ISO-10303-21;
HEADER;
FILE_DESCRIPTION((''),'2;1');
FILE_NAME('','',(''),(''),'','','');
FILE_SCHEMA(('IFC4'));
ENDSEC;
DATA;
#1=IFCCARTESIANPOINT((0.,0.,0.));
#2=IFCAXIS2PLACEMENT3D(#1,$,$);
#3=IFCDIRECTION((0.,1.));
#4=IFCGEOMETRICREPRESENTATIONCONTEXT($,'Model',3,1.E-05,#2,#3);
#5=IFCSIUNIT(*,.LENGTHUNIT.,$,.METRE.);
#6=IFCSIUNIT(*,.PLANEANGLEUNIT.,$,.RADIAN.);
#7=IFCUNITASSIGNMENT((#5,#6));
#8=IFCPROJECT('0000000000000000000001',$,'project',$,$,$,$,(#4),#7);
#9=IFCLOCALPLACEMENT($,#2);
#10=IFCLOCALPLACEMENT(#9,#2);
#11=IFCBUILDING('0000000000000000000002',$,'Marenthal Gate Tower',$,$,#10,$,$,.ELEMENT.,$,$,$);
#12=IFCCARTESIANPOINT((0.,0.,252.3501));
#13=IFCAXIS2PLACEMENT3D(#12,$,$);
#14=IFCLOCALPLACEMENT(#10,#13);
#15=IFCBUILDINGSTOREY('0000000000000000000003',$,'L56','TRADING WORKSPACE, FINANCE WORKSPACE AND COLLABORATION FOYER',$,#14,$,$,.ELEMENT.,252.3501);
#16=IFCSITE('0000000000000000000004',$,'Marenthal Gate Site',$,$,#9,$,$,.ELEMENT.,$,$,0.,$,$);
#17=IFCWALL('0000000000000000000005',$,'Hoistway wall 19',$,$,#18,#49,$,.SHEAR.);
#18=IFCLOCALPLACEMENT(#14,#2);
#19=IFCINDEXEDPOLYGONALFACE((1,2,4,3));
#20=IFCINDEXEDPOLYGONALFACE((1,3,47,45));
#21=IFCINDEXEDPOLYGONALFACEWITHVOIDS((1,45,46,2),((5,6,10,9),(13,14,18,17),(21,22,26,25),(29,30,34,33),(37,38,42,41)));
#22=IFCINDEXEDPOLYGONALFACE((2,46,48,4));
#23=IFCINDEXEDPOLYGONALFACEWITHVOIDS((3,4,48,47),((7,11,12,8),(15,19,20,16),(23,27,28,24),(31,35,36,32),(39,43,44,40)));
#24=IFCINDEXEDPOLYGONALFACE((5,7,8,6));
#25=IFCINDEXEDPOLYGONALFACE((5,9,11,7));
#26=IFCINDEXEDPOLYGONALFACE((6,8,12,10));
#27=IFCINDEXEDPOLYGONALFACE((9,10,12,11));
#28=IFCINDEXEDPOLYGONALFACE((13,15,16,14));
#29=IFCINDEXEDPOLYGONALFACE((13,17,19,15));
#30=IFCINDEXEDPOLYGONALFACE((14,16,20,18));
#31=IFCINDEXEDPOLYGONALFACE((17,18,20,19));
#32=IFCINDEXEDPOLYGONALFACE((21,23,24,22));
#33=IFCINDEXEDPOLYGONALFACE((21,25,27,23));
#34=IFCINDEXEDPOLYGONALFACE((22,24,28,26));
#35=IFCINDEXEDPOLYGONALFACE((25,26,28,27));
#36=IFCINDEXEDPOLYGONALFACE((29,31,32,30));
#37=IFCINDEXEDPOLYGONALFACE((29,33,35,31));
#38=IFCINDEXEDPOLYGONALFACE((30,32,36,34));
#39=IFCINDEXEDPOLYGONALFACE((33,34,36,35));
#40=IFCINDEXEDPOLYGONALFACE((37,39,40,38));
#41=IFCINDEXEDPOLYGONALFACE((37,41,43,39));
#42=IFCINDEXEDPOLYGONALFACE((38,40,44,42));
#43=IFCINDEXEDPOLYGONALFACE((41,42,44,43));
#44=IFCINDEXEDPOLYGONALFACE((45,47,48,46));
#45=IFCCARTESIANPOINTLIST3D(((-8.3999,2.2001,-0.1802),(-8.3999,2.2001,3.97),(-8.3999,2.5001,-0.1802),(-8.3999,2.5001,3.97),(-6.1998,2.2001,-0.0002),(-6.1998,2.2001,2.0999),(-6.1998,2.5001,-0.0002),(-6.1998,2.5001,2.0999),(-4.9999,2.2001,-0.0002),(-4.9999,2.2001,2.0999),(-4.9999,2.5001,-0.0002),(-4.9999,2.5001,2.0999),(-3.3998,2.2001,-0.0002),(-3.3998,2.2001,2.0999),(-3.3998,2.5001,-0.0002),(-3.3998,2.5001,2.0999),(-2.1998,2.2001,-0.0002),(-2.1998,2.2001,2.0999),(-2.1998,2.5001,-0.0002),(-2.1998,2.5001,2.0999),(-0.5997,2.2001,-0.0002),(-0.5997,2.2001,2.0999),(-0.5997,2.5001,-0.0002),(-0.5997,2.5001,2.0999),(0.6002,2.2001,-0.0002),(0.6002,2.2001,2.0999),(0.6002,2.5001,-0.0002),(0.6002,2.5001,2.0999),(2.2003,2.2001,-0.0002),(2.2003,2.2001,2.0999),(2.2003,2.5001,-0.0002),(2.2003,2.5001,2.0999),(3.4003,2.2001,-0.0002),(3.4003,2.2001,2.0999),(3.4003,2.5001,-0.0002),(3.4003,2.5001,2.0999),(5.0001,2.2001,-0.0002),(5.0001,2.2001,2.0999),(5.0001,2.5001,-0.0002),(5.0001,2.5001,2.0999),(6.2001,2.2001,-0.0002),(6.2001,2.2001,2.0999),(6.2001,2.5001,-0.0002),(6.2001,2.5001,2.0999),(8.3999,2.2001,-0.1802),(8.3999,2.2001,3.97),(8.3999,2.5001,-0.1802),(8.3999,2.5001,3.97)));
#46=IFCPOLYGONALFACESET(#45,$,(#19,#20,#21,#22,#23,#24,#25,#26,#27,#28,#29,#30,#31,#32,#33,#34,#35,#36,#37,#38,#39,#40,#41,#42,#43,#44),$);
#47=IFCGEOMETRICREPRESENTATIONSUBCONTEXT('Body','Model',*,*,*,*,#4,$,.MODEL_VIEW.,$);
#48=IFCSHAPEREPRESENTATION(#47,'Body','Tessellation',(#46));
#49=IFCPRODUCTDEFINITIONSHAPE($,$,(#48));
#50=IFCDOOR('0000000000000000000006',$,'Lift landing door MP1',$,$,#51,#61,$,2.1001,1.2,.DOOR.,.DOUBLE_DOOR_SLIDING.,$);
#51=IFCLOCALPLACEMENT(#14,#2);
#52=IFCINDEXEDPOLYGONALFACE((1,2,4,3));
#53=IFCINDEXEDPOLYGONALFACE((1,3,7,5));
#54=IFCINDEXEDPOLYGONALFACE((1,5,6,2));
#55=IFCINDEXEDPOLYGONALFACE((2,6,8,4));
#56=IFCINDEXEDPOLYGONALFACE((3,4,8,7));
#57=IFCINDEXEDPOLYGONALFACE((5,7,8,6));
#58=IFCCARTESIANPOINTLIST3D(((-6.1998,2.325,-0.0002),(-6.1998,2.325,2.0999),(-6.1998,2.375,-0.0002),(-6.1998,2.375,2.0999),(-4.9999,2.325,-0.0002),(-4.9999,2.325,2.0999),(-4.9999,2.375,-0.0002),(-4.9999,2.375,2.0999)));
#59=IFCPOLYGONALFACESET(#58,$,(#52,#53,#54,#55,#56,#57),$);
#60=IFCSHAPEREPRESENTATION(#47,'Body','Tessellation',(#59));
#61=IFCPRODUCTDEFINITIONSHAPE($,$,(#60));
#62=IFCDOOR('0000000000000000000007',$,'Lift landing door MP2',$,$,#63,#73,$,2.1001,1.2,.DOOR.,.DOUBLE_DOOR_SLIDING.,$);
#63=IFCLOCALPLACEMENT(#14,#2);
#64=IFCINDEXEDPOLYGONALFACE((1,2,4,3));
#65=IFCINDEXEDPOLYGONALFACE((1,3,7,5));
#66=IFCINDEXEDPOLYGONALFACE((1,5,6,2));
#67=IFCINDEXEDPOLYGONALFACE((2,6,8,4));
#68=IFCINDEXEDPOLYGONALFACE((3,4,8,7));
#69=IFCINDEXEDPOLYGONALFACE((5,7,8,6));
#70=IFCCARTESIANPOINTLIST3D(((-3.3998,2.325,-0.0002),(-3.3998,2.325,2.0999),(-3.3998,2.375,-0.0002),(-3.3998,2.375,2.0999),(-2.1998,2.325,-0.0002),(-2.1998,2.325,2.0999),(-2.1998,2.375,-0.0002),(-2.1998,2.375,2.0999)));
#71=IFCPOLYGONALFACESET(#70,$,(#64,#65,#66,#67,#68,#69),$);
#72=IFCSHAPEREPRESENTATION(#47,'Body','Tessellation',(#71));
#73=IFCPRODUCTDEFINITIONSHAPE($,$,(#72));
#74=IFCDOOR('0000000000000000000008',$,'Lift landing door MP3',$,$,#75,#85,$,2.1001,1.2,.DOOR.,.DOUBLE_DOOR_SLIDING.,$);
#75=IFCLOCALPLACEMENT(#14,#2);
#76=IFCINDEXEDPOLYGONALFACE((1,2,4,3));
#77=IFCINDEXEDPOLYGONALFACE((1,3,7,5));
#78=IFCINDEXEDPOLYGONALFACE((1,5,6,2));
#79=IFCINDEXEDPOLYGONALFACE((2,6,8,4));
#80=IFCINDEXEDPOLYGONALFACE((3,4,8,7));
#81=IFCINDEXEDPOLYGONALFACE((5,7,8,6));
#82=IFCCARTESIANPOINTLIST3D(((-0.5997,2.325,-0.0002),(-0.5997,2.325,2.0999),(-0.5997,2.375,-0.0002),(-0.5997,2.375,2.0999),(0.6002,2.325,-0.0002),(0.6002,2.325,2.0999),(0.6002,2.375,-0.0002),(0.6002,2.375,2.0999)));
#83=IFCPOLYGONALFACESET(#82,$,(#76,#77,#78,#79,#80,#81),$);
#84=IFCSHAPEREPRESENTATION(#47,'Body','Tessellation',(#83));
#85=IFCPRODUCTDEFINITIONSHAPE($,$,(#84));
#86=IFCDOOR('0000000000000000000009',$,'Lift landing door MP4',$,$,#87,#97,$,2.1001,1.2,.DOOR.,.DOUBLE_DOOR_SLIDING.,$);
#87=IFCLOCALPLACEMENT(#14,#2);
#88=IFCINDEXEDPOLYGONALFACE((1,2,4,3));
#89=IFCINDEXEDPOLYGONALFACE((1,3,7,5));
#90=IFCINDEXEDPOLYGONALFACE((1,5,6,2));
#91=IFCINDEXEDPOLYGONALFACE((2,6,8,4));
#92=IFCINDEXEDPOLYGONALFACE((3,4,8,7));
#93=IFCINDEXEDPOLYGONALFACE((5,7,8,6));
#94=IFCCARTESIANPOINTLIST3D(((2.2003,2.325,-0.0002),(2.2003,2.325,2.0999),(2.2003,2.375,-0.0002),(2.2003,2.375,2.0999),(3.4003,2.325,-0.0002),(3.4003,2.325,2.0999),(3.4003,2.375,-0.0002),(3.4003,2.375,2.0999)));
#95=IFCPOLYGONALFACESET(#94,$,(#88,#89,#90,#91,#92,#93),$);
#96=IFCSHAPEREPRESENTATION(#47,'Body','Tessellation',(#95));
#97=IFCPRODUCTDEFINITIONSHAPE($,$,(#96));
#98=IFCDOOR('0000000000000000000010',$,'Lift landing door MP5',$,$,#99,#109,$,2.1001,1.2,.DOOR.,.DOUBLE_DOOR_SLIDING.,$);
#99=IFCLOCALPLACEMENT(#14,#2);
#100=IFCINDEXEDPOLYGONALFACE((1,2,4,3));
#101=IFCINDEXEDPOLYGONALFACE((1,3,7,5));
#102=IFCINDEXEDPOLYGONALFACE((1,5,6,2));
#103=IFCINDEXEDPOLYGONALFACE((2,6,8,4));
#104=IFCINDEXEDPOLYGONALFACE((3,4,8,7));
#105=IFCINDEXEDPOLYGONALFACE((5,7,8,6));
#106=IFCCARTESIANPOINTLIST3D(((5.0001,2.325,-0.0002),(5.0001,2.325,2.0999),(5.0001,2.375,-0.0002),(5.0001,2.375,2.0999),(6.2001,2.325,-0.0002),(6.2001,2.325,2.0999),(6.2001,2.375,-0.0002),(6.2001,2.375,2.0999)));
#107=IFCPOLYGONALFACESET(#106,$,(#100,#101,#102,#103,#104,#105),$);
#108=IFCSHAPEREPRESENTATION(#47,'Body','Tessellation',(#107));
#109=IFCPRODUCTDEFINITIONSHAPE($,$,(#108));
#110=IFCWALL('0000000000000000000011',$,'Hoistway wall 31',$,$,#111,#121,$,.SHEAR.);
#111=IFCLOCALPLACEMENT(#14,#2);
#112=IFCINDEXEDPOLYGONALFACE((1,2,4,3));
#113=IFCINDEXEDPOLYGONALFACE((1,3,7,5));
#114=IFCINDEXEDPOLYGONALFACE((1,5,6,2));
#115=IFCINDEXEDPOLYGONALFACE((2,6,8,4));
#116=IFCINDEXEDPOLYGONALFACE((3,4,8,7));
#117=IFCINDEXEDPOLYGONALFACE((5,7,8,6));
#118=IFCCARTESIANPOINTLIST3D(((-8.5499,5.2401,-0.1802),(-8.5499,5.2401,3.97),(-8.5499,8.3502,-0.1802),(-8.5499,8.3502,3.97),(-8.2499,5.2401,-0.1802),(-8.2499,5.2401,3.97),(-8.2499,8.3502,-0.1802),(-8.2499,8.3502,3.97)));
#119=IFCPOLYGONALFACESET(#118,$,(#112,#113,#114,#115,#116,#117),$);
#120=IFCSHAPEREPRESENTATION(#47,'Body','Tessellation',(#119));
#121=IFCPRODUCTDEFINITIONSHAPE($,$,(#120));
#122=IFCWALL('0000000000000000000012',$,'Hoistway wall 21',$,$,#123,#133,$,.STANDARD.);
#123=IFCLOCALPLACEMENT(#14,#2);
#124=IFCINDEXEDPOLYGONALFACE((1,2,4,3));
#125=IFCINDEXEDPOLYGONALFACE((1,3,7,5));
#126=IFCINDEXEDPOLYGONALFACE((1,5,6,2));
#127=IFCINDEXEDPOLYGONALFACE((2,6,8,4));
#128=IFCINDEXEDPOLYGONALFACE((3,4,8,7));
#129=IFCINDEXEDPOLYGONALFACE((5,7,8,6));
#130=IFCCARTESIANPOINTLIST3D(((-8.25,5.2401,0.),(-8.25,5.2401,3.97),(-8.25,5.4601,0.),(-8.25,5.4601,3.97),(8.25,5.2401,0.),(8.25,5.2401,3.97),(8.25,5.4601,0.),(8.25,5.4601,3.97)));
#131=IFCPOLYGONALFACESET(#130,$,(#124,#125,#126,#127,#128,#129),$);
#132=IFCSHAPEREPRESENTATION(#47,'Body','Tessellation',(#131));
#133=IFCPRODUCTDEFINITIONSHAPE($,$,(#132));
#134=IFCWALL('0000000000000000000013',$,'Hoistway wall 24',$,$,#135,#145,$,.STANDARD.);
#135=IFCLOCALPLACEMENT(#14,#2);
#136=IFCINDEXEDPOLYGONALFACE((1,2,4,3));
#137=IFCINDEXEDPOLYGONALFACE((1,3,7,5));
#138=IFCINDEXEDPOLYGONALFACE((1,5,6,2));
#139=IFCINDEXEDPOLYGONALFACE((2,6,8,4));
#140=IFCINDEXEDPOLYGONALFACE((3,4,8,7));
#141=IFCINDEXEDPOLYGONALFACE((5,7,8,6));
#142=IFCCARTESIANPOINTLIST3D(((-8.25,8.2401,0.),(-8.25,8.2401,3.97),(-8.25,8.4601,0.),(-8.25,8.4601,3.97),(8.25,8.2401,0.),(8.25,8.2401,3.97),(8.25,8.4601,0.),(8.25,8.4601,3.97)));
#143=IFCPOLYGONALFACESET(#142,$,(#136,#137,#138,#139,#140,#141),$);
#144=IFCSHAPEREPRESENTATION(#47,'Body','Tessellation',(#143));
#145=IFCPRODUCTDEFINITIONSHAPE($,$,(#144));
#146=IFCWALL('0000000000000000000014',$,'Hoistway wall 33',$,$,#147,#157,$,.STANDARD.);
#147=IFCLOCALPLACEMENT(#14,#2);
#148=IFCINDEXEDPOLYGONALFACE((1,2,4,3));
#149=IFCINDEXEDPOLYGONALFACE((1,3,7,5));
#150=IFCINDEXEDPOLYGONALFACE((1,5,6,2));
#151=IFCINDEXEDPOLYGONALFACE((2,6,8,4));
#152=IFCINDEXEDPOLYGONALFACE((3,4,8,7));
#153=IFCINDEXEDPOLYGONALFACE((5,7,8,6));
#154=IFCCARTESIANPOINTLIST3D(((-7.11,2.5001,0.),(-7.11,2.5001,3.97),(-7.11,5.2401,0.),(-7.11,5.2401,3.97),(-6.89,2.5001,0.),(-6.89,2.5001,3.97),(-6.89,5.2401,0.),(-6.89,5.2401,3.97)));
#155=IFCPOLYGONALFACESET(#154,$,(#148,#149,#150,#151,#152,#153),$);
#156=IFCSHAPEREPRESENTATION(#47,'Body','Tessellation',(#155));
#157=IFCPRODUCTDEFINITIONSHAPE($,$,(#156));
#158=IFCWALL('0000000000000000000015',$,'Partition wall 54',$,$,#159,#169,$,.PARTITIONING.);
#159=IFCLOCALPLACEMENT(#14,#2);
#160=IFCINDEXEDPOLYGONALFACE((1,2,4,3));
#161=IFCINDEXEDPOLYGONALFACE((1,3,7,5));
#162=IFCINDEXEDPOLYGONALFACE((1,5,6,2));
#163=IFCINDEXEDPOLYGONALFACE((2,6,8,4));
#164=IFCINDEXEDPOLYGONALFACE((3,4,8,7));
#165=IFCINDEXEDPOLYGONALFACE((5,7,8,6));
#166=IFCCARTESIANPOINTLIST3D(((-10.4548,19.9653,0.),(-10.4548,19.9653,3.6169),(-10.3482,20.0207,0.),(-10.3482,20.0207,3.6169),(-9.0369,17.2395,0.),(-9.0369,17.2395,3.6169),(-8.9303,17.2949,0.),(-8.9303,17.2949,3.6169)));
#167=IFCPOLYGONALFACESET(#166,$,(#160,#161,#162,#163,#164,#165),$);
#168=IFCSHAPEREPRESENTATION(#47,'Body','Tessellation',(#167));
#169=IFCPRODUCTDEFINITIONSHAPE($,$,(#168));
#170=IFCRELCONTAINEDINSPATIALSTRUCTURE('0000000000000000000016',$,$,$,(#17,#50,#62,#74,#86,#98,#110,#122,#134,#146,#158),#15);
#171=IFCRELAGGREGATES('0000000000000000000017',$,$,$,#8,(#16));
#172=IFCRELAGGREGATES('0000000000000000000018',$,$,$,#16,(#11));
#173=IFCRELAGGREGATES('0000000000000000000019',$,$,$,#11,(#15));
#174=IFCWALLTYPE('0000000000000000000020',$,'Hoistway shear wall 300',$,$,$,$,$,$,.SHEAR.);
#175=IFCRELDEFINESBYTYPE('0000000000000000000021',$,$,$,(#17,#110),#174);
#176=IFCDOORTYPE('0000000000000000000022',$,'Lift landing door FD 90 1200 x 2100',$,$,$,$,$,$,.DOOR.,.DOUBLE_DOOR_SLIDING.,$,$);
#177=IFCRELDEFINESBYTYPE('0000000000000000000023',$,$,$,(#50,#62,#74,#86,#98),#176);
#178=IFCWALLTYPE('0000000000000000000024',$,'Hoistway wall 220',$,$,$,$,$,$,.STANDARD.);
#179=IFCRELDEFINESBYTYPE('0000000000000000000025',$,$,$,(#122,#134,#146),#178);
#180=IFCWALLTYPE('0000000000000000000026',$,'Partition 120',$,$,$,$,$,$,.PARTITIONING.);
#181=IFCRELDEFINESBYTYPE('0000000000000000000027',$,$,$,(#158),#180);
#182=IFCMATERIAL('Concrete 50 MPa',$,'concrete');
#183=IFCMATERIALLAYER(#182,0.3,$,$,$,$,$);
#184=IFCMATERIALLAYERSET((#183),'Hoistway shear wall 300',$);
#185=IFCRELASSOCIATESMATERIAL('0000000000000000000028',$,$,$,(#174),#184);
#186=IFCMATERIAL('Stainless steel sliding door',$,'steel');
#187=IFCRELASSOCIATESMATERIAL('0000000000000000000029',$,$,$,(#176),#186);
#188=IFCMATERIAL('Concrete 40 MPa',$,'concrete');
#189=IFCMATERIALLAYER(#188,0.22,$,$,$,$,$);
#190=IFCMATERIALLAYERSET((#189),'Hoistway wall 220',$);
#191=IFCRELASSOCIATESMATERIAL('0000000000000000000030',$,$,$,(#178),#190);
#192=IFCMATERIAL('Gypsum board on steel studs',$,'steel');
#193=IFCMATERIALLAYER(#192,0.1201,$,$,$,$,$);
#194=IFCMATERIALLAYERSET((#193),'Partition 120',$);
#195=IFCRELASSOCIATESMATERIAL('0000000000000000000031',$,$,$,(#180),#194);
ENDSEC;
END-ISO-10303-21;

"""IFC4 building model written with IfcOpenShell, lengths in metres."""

from ifc_helpers import new_model, si_unit, direction, frame, frame_2d, origin, place, context, subcontext, project, spatial, rectangle, extrude, material, layer, layer_set, type_object, element, fill, save


model = new_model("IFC4")

# Units and contexts
model_context = context("Model", 3, precision=1e-05, world=origin(), true_north=direction((0.0, 1.0)))
body_context = subcontext(model_context, "Body", "Model", "MODEL_VIEW")
ifc_project = project(units=[si_unit("LENGTHUNIT", "METRE"), si_unit("PLANEANGLEUNIT", "RADIAN")], contexts=[model_context])

# Site, building, storey
site_placement = place(None, origin())
site = spatial("IfcSite", under=ifc_project, at=site_placement, Name="Marenthal Gate Site", CompositionType="ELEMENT", RefElevation=0.0)
building_placement = place(site_placement, origin())
building = spatial("IfcBuilding", under=site, at=building_placement, Name="Marenthal Gate Tower", CompositionType="ELEMENT")
storey_placement = place(building_placement, frame((0.0, 0.0, 252.3501)))
storey = spatial("IfcBuildingStorey", under=building, at=storey_placement, Name="L56", Description="TRADING WORKSPACE, FINANCE WORKSPACE AND COLLABORATION FOYER", CompositionType="ELEMENT", Elevation=252.3501)

# Wall, openings, doors
ifc_material_1 = material(Name="Concrete 50 MPa", Category="concrete")
ifc_layer_1 = layer(ifc_material_1, 0.3)
ifc_layer_set_1 = layer_set([ifc_layer_1], Name="Hoistway shear wall 300")
wall_type_1 = type_object("IfcWallType", Name="Hoistway shear wall 300", PredefinedType="SHEAR", material=ifc_layer_set_1)
wall_1_placement = place(storey_placement, frame((-8.3999, 2.3501, -0.1802), z_axis=(0.0, 0.0, 1.0), x_axis=(1.0, 0.0, 0.0)))
wall_1 = element("IfcWall", 1, at=wall_1_placement, inside=storey, type_object=wall_type_1, Name="Hoistway wall 19", PredefinedType="SHEAR", context=body_context, shape_type="SweptSolid", body=[
    extrude(rectangle(XDim=16.7998, YDim=0.3, at=frame_2d((8.3999, 0.0))), origin(), (0.0, 0.0, 1.0), 4.1501),
])
opening_1_placement = place(wall_1_placement, frame((2.2, 0.0, 0.1799)))
opening_1 = element("IfcOpeningElement", 2, at=opening_1_placement, cuts=wall_1, PredefinedType="OPENING", context=body_context, shape_type="SweptSolid", body=[
    extrude(rectangle(XDim=1.2, YDim=2.1001, at=frame_2d((0.6001, 1.05))), frame((0.0, 0.1602, 0.0), z_axis=(0.0, -1.0, 0.0), x_axis=(1.0, 0.0, 0.0)), (0.0, 0.0, 1.0), 0.3201),
])
opening_2_placement = place(wall_1_placement, frame((5.0, 0.0, 0.1799)))
opening_2 = element("IfcOpeningElement", 3, at=opening_2_placement, cuts=wall_1, PredefinedType="OPENING", context=body_context, shape_type="SweptSolid", body=[
    extrude(rectangle(XDim=1.2, YDim=2.1001, at=frame_2d((0.6001, 1.05))), frame((0.0, 0.1602, 0.0), z_axis=(0.0, -1.0, 0.0), x_axis=(1.0, 0.0, 0.0)), (0.0, 0.0, 1.0), 0.3201),
])
opening_3_placement = place(wall_1_placement, frame((7.8, 0.0, 0.1799)))
opening_3 = element("IfcOpeningElement", 4, at=opening_3_placement, cuts=wall_1, PredefinedType="OPENING", context=body_context, shape_type="SweptSolid", body=[
    extrude(rectangle(XDim=1.2, YDim=2.1001, at=frame_2d((0.6001, 1.05))), frame((0.0, 0.1602, 0.0), z_axis=(0.0, -1.0, 0.0), x_axis=(1.0, 0.0, 0.0)), (0.0, 0.0, 1.0), 0.3201),
])
opening_4_placement = place(wall_1_placement, frame((10.6001, 0.0, 0.1799)))
opening_4 = element("IfcOpeningElement", 5, at=opening_4_placement, cuts=wall_1, PredefinedType="OPENING", context=body_context, shape_type="SweptSolid", body=[
    extrude(rectangle(XDim=1.2, YDim=2.1001, at=frame_2d((0.6001, 1.05))), frame((0.0, 0.1602, 0.0), z_axis=(0.0, -1.0, 0.0), x_axis=(1.0, 0.0, 0.0)), (0.0, 0.0, 1.0), 0.3201),
])
opening_5_placement = place(wall_1_placement, frame((13.3999, 0.0, 0.1799)))
opening_5 = element("IfcOpeningElement", 6, at=opening_5_placement, cuts=wall_1, PredefinedType="OPENING", context=body_context, shape_type="SweptSolid", body=[
    extrude(rectangle(XDim=1.2, YDim=2.1001, at=frame_2d((0.6001, 1.05))), frame((0.0, 0.1602, 0.0), z_axis=(0.0, -1.0, 0.0), x_axis=(1.0, 0.0, 0.0)), (0.0, 0.0, 1.0), 0.3201),
])
ifc_material_2 = material(Name="Stainless steel sliding door", Category="steel")
door_type = type_object("IfcDoorType", Name="Lift landing door FD 90 1200 x 2100", OperationType="DOUBLE_DOOR_SLIDING", PredefinedType="DOOR", material=ifc_material_2)
door_1_placement = place(opening_1_placement, origin())
door_1 = element("IfcDoor", 7, at=door_1_placement, inside=storey, type_object=door_type, Name="Lift landing door MP1", OperationType="DOUBLE_DOOR_SLIDING", OverallHeight=2.1001, OverallWidth=1.2, PredefinedType="DOOR", context=body_context, shape_type="SweptSolid", body=[
    extrude(rectangle(XDim=1.2, YDim=2.1001, at=frame_2d((0.6001, 1.05))), frame((0.0, 0.0249, 0.0), z_axis=(0.0, -1.0, 0.0), x_axis=(1.0, 0.0, 0.0)), (0.0, 0.0, 1.0), 0.05),
])
fill(opening_1, door_1)
door_2_placement = place(opening_2_placement, origin())
door_2 = element("IfcDoor", 8, at=door_2_placement, inside=storey, type_object=door_type, Name="Lift landing door MP2", OperationType="DOUBLE_DOOR_SLIDING", OverallHeight=2.1001, OverallWidth=1.2, PredefinedType="DOOR", context=body_context, shape_type="SweptSolid", body=[
    extrude(rectangle(XDim=1.2, YDim=2.1001, at=frame_2d((0.6001, 1.05))), frame((0.0, 0.0249, 0.0), z_axis=(0.0, -1.0, 0.0), x_axis=(1.0, 0.0, 0.0)), (0.0, 0.0, 1.0), 0.05),
])
fill(opening_2, door_2)
door_3_placement = place(opening_3_placement, origin())
door_3 = element("IfcDoor", 9, at=door_3_placement, inside=storey, type_object=door_type, Name="Lift landing door MP3", OperationType="DOUBLE_DOOR_SLIDING", OverallHeight=2.1001, OverallWidth=1.2, PredefinedType="DOOR", context=body_context, shape_type="SweptSolid", body=[
    extrude(rectangle(XDim=1.2, YDim=2.1001, at=frame_2d((0.6001, 1.05))), frame((0.0, 0.0249, 0.0), z_axis=(0.0, -1.0, 0.0), x_axis=(1.0, 0.0, 0.0)), (0.0, 0.0, 1.0), 0.05),
])
fill(opening_3, door_3)
door_4_placement = place(opening_4_placement, origin())
door_4 = element("IfcDoor", 10, at=door_4_placement, inside=storey, type_object=door_type, Name="Lift landing door MP4", OperationType="DOUBLE_DOOR_SLIDING", OverallHeight=2.1001, OverallWidth=1.2, PredefinedType="DOOR", context=body_context, shape_type="SweptSolid", body=[
    extrude(rectangle(XDim=1.2, YDim=2.1001, at=frame_2d((0.6001, 1.05))), frame((0.0, 0.0249, 0.0), z_axis=(0.0, -1.0, 0.0), x_axis=(1.0, 0.0, 0.0)), (0.0, 0.0, 1.0), 0.05),
])
fill(opening_4, door_4)
door_5_placement = place(opening_5_placement, origin())
door_5 = element("IfcDoor", 11, at=door_5_placement, inside=storey, type_object=door_type, Name="Lift landing door MP5", OperationType="DOUBLE_DOOR_SLIDING", OverallHeight=2.1001, OverallWidth=1.2, PredefinedType="DOOR", context=body_context, shape_type="SweptSolid", body=[
    extrude(rectangle(XDim=1.2, YDim=2.1001, at=frame_2d((0.6001, 1.05))), frame((0.0, 0.0249, 0.0), z_axis=(0.0, -1.0, 0.0), x_axis=(1.0, 0.0, 0.0)), (0.0, 0.0, 1.0), 0.05),
])
fill(opening_5, door_5)

# Walls
wall_2_placement = place(storey_placement, frame((-8.3999, 5.24, -0.1802), z_axis=(0.0, 0.0, 1.0), x_axis=(0.0, 1.0, 0.0)))
element("IfcWall", 12, at=wall_2_placement, inside=storey, type_object=wall_type_1, Name="Hoistway wall 31", PredefinedType="SHEAR", context=body_context, shape_type="SweptSolid", body=[
    extrude(rectangle(XDim=3.1101, YDim=0.3, at=frame_2d((1.5552, 0.0))), origin(), (0.0, 0.0, 1.0), 4.1501),
])
ifc_material_3 = material(Name="Concrete 40 MPa", Category="concrete")
ifc_layer_2 = layer(ifc_material_3, 0.22)
ifc_layer_set_2 = layer_set([ifc_layer_2], Name="Hoistway wall 220")
wall_type_2 = type_object("IfcWallType", Name="Hoistway wall 220", PredefinedType="STANDARD", material=ifc_layer_set_2)
for number, where, z_axis, x_axis, name in (
    (13, (-8.25, 5.3501, 0.0), (0.0, 0.0, 1.0), (1.0, 0.0, 0.0), "Hoistway wall 21"),
    (14, (-8.25, 8.3501, 0.0), (0.0, 0.0, 1.0), (1.0, 0.0, 0.0), "Hoistway wall 24"),
):
    element("IfcWall", number, at=place(storey_placement, frame(where, z_axis=z_axis, x_axis=x_axis)), inside=storey, type_object=wall_type_2, Name=name, PredefinedType="STANDARD", context=body_context, shape_type="SweptSolid", body=[
        extrude(rectangle(XDim=16.5, YDim=0.22, at=frame_2d((8.25, 0.0))), origin(), (0.0, 0.0, 1.0), 3.97),
    ])
wall_3_placement = place(storey_placement, frame((-7.0, 2.5, 0.0), z_axis=(0.0, 0.0, 1.0), x_axis=(0.0, 1.0, 0.0)))
element("IfcWall", 15, at=wall_3_placement, inside=storey, type_object=wall_type_2, Name="Hoistway wall 33", PredefinedType="STANDARD", context=body_context, shape_type="SweptSolid", body=[
    extrude(rectangle(XDim=2.74, YDim=0.22, at=frame_2d((1.3701, 0.0))), origin(), (0.0, 0.0, 1.0), 3.97),
])
ifc_material_4 = material(Name="Gypsum board on steel studs", Category="steel")
ifc_layer_3 = layer(ifc_material_4, 0.1201)
ifc_layer_set_3 = layer_set([ifc_layer_3], Name="Partition 120")
wall_type_3 = type_object("IfcWallType", Name="Partition 120", PredefinedType="PARTITIONING", material=ifc_layer_set_3)
wall_4_placement = place(storey_placement, frame((-8.9836, 17.2673, 0.0), z_axis=(0.0, 0.0, 1.0), x_axis=(-0.46149, 0.887145, 0.0)))
element("IfcWall", 16, at=wall_4_placement, inside=storey, type_object=wall_type_3, Name="Partition wall 54", PredefinedType="PARTITIONING", context=body_context, shape_type="SweptSolid", body=[
    extrude(rectangle(XDim=3.0725, YDim=0.1201, at=frame_2d((1.5361, 0.0))), origin(), (0.0, 0.0, 1.0), 3.6169),
])

save(model, "model.ifc")
